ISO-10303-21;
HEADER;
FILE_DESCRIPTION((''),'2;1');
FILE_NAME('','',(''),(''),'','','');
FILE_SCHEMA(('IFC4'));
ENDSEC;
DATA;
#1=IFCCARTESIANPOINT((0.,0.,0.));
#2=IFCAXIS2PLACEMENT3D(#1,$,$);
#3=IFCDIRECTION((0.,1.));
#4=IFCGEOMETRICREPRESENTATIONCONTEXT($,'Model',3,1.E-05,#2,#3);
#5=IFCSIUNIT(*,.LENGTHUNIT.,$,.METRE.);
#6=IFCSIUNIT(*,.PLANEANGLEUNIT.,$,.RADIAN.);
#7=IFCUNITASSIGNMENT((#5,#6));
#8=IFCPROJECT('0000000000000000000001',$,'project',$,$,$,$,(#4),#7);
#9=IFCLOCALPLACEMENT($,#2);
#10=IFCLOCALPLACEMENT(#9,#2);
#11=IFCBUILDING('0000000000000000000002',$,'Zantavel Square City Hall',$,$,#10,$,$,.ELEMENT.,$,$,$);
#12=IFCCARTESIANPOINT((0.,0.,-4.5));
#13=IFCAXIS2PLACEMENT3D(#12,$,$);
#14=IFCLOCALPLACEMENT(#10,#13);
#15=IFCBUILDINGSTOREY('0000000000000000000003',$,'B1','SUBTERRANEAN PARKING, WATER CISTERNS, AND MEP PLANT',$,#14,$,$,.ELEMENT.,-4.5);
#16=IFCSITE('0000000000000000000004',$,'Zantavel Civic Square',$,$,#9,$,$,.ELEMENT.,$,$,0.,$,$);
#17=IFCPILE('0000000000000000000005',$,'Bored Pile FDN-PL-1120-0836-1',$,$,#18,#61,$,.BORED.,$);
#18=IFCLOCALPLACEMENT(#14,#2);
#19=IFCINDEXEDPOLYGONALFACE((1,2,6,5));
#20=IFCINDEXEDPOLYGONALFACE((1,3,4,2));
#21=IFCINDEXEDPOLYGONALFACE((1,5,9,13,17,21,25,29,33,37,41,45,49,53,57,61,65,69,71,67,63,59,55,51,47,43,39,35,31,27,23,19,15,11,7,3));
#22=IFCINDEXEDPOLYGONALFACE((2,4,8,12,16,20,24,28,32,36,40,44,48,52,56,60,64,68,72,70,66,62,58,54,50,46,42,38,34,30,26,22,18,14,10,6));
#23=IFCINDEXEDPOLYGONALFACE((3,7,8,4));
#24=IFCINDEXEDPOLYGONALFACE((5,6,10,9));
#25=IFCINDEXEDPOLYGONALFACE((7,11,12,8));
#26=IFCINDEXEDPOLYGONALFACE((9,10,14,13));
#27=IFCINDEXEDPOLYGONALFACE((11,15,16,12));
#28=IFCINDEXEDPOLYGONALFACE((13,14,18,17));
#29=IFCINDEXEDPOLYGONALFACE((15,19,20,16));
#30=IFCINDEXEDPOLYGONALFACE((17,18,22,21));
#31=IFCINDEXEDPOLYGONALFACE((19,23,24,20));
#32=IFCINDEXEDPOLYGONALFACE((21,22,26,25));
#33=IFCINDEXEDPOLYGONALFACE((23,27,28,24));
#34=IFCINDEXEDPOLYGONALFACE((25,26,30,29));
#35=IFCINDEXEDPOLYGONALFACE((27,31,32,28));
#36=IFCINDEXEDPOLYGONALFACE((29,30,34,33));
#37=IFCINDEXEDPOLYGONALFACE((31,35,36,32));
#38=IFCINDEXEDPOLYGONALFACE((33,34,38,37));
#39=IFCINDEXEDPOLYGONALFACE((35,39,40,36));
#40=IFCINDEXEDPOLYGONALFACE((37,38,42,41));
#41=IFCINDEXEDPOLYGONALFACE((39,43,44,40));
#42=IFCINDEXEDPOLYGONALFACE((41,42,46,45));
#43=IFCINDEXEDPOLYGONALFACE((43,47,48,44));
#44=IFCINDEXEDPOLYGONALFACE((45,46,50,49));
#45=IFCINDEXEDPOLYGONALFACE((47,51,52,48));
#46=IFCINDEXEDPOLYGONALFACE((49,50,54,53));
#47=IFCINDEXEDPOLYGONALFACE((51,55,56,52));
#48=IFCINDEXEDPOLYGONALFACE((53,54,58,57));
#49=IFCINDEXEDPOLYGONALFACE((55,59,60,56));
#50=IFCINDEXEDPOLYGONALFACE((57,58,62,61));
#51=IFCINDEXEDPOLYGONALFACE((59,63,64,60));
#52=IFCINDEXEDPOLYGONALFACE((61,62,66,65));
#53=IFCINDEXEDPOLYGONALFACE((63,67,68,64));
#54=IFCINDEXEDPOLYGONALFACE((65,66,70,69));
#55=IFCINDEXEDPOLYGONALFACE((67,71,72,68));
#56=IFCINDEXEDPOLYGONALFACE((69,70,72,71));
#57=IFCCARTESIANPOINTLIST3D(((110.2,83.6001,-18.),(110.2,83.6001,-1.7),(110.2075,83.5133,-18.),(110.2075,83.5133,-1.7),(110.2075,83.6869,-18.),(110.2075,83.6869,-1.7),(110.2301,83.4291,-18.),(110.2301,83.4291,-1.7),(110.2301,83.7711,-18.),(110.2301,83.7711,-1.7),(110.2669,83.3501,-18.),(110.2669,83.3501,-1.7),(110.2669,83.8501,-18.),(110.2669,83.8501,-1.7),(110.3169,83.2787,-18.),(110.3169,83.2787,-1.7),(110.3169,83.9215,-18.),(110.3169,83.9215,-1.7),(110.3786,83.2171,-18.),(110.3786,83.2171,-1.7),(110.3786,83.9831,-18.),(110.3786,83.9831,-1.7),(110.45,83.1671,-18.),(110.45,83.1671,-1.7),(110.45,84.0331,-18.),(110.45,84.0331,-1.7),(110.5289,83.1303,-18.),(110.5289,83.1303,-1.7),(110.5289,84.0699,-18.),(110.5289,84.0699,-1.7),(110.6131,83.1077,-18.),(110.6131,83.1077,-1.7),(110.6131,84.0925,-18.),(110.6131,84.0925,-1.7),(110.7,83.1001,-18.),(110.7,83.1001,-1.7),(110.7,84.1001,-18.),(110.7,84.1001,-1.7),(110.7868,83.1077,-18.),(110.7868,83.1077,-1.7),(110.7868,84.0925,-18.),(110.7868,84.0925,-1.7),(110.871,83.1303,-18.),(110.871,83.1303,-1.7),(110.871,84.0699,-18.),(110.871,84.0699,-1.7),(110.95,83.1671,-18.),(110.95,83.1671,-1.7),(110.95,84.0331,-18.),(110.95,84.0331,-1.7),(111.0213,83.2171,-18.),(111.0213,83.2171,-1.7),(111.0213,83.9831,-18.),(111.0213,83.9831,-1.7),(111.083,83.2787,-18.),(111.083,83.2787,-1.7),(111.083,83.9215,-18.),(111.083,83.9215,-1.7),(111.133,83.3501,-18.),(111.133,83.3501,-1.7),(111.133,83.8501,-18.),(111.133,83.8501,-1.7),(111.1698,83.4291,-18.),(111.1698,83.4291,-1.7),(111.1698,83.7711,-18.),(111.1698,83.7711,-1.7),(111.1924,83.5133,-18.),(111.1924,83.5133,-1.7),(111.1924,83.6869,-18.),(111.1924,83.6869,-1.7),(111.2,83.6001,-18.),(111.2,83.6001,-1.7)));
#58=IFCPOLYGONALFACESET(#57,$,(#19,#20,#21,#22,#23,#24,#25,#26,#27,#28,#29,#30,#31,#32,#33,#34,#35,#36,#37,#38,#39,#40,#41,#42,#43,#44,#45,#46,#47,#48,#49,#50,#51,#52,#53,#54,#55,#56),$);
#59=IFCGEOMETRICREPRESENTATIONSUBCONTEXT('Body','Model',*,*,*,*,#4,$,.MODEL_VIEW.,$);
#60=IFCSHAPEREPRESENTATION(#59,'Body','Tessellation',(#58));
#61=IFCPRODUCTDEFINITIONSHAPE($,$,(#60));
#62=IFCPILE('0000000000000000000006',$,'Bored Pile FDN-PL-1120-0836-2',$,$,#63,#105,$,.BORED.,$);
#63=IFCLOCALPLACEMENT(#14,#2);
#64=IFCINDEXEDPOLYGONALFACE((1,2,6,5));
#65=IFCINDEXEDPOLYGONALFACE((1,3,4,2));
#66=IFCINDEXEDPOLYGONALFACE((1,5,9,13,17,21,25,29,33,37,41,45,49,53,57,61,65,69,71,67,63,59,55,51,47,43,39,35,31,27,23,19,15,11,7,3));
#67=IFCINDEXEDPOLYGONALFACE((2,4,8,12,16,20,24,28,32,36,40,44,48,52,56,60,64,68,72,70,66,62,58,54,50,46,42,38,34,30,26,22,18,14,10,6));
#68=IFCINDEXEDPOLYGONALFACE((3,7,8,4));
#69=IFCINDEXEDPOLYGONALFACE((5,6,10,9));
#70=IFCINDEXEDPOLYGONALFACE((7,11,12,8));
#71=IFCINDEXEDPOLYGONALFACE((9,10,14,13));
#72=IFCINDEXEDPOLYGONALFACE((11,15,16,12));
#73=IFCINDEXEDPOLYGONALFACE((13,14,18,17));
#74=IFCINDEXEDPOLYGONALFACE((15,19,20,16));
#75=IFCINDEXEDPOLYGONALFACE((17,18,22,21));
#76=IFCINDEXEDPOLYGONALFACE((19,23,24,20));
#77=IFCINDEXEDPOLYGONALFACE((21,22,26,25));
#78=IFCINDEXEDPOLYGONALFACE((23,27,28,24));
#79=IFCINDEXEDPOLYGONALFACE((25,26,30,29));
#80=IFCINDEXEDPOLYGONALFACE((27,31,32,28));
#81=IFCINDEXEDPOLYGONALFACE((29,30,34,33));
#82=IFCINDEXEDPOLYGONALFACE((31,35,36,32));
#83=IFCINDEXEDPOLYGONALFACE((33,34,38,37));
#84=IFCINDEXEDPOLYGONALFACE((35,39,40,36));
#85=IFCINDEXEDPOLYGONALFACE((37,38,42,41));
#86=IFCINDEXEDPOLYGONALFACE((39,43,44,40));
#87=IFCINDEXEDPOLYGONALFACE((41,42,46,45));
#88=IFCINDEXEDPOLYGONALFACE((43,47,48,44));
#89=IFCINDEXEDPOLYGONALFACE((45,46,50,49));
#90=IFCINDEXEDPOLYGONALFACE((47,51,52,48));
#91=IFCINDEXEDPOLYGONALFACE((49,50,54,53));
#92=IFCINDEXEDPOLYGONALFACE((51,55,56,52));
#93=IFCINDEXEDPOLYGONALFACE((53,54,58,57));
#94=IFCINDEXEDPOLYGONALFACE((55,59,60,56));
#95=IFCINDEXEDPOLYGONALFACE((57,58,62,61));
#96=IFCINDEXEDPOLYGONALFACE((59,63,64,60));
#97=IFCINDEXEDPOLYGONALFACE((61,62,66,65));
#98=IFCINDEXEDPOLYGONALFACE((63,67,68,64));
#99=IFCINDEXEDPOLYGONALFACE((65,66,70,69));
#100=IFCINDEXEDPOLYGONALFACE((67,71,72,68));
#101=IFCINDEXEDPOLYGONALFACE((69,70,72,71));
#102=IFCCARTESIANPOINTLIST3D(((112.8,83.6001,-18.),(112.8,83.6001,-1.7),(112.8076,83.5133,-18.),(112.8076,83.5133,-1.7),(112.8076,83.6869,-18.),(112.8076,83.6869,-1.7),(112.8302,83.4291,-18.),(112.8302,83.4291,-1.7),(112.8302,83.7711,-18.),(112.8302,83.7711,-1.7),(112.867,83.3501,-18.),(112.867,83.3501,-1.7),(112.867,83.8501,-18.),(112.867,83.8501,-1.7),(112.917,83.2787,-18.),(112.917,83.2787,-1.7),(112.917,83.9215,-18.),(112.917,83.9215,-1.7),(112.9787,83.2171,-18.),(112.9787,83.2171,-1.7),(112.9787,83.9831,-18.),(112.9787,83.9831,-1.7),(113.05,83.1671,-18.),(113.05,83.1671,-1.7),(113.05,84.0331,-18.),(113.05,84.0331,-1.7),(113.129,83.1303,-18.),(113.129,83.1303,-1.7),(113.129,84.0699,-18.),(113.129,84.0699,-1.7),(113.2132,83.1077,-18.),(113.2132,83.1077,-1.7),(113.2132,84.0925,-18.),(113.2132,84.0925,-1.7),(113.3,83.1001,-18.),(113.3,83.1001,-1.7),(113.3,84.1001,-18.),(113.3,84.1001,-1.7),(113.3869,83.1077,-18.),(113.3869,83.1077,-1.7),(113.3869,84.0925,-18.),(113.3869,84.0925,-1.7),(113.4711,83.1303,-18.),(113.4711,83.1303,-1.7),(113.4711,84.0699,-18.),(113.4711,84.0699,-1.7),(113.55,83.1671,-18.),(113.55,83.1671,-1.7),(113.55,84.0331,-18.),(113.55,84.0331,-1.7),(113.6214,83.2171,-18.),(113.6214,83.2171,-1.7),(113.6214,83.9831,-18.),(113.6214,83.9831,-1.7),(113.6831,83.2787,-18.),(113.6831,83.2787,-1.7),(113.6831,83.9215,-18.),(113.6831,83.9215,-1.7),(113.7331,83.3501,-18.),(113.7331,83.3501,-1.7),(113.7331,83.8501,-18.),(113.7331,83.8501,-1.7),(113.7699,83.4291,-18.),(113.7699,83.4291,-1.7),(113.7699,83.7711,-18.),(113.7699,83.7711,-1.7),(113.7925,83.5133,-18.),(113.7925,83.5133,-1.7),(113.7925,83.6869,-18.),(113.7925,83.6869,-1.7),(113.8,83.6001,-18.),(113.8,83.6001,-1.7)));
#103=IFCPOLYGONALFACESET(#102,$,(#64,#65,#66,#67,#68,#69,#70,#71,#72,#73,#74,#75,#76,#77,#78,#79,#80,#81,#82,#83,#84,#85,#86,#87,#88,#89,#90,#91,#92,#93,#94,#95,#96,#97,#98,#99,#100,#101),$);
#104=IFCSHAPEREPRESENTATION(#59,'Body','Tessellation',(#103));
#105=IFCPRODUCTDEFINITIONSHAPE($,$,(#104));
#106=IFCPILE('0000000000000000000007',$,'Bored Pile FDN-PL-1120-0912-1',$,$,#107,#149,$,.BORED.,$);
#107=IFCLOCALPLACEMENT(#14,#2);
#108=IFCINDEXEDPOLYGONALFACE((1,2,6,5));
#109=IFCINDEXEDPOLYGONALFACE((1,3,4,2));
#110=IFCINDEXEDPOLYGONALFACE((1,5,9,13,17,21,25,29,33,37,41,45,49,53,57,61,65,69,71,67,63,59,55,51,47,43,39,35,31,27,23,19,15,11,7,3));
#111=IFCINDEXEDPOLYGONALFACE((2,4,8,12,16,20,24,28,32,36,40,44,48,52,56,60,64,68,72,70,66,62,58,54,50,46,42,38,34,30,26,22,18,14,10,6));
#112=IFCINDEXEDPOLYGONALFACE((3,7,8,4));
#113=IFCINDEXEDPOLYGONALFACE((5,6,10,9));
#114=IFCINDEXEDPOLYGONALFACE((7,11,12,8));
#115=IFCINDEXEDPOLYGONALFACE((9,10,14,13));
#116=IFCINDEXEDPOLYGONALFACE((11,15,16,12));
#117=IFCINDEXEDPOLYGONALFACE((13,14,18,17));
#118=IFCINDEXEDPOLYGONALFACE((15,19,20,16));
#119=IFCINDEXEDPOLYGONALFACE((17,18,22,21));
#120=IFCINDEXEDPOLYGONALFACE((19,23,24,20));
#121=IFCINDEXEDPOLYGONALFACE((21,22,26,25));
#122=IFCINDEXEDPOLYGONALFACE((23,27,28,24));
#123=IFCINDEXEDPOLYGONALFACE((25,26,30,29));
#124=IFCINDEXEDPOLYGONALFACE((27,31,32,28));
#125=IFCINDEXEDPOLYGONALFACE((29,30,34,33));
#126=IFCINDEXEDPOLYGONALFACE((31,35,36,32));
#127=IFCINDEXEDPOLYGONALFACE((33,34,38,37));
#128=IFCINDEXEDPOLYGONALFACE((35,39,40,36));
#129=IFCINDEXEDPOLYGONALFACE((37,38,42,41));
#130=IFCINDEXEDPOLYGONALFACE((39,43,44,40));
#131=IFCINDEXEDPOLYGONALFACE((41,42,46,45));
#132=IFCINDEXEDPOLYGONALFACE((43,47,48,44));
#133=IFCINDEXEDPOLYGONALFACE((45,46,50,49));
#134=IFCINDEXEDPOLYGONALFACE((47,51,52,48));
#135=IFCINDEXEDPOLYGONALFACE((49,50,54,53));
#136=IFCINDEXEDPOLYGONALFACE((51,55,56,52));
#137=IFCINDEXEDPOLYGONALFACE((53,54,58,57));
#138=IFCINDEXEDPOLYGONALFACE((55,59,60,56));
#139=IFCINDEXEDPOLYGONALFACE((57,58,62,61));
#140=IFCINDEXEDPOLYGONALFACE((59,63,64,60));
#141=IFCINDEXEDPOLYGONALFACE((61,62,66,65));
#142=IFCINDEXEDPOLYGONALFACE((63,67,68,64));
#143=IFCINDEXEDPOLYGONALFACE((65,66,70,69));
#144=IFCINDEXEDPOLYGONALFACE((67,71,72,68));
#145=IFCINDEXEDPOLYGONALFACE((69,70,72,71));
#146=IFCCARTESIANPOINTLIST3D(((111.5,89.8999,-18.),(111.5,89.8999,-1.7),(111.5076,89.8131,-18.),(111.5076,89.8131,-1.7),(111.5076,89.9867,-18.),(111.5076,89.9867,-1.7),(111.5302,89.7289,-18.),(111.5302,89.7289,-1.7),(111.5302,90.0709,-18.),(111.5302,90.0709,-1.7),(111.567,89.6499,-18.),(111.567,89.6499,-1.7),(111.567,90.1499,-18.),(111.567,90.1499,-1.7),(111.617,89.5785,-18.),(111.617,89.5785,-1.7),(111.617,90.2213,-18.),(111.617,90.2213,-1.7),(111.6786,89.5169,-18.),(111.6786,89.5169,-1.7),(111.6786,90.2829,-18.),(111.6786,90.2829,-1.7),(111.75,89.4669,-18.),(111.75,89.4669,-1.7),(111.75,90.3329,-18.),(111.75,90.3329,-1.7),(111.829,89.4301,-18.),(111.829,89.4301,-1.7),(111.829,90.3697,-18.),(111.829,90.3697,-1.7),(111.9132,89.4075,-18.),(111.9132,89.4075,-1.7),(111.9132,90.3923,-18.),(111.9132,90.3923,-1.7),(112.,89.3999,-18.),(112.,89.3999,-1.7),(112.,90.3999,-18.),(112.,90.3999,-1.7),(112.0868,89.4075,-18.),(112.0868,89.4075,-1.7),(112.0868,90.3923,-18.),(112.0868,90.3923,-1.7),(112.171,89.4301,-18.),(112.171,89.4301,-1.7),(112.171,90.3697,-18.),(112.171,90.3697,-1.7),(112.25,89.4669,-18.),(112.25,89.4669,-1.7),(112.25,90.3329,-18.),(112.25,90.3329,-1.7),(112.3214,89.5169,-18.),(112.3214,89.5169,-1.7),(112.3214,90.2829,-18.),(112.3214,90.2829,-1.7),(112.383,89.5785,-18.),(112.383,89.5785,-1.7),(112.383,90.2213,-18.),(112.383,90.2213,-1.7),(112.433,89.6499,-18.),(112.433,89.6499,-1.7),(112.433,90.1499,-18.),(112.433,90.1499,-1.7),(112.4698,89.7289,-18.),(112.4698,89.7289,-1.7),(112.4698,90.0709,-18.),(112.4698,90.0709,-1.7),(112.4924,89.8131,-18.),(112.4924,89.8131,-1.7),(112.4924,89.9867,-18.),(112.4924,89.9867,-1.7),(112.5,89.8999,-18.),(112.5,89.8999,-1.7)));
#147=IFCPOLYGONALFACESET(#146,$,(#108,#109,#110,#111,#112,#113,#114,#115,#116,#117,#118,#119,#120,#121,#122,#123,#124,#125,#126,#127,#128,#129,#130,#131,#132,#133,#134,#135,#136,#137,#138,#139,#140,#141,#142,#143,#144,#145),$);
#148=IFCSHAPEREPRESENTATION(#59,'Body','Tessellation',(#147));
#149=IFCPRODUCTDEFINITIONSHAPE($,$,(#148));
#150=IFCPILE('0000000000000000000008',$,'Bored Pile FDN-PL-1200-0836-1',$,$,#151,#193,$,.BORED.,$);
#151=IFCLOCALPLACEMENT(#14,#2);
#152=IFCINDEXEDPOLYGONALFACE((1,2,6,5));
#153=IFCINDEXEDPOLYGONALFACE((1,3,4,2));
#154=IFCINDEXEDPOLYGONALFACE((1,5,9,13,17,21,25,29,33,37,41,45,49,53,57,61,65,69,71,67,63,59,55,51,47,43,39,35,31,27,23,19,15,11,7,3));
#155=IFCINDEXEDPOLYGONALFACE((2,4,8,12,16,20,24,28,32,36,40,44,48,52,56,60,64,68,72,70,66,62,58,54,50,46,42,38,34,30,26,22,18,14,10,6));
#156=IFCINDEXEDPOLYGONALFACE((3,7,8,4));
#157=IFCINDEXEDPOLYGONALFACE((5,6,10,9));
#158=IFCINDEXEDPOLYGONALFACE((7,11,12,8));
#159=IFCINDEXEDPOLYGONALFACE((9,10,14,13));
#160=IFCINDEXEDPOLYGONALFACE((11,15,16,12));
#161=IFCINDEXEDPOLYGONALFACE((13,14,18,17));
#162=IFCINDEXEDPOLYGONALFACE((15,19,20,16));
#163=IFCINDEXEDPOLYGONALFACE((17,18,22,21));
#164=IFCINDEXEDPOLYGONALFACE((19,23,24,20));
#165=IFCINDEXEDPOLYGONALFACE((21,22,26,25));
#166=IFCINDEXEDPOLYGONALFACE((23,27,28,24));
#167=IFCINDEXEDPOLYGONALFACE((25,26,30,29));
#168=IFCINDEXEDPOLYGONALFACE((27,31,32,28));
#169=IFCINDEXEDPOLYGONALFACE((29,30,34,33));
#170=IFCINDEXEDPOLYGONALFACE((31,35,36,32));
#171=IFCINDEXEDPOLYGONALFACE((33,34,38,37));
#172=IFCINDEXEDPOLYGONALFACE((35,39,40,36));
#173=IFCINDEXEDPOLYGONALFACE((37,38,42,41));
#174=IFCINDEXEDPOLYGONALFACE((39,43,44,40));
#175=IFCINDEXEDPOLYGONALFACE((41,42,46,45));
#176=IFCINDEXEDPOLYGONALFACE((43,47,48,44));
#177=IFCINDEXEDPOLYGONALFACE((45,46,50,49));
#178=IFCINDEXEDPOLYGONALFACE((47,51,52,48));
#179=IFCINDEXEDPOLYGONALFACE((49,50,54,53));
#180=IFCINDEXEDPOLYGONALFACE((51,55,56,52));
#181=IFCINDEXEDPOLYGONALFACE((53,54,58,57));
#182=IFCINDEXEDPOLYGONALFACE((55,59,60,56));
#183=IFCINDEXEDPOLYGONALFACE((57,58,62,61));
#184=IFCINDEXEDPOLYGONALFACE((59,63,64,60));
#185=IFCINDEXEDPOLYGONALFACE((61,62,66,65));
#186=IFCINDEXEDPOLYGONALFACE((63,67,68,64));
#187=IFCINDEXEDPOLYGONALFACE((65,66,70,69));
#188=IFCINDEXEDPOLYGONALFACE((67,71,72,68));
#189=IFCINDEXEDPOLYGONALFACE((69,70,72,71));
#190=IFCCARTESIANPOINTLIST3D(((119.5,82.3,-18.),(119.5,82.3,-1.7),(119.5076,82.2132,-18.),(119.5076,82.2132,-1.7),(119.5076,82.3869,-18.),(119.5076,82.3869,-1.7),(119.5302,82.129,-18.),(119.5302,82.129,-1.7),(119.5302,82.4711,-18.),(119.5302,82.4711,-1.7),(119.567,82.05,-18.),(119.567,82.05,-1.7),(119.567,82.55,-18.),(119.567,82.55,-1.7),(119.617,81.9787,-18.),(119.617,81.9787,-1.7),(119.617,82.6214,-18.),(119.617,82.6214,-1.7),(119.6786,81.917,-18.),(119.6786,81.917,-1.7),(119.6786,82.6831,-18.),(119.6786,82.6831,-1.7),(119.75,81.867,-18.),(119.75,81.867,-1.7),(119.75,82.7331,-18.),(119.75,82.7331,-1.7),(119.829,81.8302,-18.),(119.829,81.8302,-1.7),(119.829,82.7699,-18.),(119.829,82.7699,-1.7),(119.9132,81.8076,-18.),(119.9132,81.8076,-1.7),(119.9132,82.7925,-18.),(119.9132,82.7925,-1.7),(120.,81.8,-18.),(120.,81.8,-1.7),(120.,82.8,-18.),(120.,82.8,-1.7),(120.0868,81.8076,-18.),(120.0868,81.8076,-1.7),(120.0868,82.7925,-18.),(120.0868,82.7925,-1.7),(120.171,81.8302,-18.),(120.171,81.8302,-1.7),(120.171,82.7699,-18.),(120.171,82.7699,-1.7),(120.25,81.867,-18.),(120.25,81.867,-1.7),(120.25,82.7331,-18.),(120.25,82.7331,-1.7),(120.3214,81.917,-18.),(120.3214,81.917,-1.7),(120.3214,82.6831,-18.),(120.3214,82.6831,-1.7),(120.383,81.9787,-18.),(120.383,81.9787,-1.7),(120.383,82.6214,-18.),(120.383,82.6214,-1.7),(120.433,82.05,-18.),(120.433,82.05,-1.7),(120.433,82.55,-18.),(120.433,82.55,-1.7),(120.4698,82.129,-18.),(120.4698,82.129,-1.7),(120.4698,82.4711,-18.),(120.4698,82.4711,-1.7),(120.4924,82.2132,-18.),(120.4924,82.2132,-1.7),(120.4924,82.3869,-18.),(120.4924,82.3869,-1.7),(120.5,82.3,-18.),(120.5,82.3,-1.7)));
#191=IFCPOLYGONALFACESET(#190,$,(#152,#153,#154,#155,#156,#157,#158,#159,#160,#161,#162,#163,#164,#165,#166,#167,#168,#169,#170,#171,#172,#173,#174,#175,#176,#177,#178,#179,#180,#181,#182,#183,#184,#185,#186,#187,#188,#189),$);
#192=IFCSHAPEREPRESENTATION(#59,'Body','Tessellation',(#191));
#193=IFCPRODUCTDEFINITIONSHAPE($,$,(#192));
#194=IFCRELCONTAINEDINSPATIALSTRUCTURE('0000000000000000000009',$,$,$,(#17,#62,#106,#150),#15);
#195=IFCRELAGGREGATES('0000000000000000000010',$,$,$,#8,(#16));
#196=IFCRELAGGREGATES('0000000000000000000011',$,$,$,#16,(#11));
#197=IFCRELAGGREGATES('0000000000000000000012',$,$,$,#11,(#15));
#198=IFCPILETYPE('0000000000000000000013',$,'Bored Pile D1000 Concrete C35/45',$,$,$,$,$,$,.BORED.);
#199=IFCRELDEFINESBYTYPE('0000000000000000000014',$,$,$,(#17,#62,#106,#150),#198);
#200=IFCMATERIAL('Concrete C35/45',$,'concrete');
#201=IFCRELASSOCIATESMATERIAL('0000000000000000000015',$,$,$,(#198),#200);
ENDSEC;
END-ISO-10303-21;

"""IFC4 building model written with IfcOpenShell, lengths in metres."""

from ifc_helpers import new_model, si_unit, direction, frame, origin, origin_2d, place, context, subcontext, project, spatial, circle, extrude, material, material_profile, profile_set, type_object, element, save


model = new_model("IFC4")

# Units and contexts
model_context = context("Model", 3, precision=1e-05, world=origin(), true_north=direction((0.0, 1.0)))
body_context = subcontext(model_context, "Body", "Model", "MODEL_VIEW")
ifc_project = project(units=[si_unit("LENGTHUNIT", "METRE"), si_unit("PLANEANGLEUNIT", "RADIAN")], contexts=[model_context])

# Site, building, storey
site_placement = place(None, origin())
site = spatial("IfcSite", under=ifc_project, at=site_placement, Name="Zantavel Civic Square", CompositionType="ELEMENT", RefElevation=0.0)
building_placement = place(site_placement, origin())
building = spatial("IfcBuilding", under=site, at=building_placement, Name="Zantavel Square City Hall", CompositionType="ELEMENT")
storey_placement = place(building_placement, frame((0.0, 0.0, -4.5)))
storey = spatial("IfcBuildingStorey", under=building, at=storey_placement, Name="B1", Description="SUBTERRANEAN PARKING, WATER CISTERNS, AND MEP PLANT", CompositionType="ELEMENT", Elevation=-4.5)

# Piles
ifc_material_1 = material(Name="Concrete C35/45", Category="concrete")
ifc_material_profile_1 = material_profile(ifc_material_1, circle(Radius=0.5, at=origin_2d()), Name="PILE D1000")
ifc_profile_set_1 = profile_set([ifc_material_profile_1], Name="Concrete C35/45")
pile_type = type_object("IfcPileType", Name="Bored Pile D1000 Concrete C35/45", PredefinedType="BORED", material=ifc_profile_set_1)
for number, where, z_axis, x_axis, name in (
    (1, (110.7, 83.6001, -1.7), (0.0, 0.0, -1.0), (1.0, 0.0, 0.0), "Bored Pile FDN-PL-1120-0836-1"),
    (2, (113.3, 83.6001, -1.7), (0.0, 0.0, -1.0), (1.0, 0.0, 0.0), "Bored Pile FDN-PL-1120-0836-2"),
    (3, (112.0, 89.8999, -1.7), (0.0, 0.0, -1.0), (1.0, 0.0, 0.0), "Bored Pile FDN-PL-1120-0912-1"),
    (4, (120.0, 82.3, -1.7), (0.0, 0.0, -1.0), (1.0, 0.0, 0.0), "Bored Pile FDN-PL-1200-0836-1"),
):
    element("IfcPile", number, at=place(storey_placement, frame(where, z_axis=z_axis, x_axis=x_axis)), inside=storey, type_object=pile_type, Name=name, PredefinedType="BORED", context=body_context, shape_type="SweptSolid", body=[
        extrude(circle(Radius=0.5, at=origin_2d()), origin(), (0.0, 0.0, 1.0), 16.3),
    ])

save(model, "model.ifc")
